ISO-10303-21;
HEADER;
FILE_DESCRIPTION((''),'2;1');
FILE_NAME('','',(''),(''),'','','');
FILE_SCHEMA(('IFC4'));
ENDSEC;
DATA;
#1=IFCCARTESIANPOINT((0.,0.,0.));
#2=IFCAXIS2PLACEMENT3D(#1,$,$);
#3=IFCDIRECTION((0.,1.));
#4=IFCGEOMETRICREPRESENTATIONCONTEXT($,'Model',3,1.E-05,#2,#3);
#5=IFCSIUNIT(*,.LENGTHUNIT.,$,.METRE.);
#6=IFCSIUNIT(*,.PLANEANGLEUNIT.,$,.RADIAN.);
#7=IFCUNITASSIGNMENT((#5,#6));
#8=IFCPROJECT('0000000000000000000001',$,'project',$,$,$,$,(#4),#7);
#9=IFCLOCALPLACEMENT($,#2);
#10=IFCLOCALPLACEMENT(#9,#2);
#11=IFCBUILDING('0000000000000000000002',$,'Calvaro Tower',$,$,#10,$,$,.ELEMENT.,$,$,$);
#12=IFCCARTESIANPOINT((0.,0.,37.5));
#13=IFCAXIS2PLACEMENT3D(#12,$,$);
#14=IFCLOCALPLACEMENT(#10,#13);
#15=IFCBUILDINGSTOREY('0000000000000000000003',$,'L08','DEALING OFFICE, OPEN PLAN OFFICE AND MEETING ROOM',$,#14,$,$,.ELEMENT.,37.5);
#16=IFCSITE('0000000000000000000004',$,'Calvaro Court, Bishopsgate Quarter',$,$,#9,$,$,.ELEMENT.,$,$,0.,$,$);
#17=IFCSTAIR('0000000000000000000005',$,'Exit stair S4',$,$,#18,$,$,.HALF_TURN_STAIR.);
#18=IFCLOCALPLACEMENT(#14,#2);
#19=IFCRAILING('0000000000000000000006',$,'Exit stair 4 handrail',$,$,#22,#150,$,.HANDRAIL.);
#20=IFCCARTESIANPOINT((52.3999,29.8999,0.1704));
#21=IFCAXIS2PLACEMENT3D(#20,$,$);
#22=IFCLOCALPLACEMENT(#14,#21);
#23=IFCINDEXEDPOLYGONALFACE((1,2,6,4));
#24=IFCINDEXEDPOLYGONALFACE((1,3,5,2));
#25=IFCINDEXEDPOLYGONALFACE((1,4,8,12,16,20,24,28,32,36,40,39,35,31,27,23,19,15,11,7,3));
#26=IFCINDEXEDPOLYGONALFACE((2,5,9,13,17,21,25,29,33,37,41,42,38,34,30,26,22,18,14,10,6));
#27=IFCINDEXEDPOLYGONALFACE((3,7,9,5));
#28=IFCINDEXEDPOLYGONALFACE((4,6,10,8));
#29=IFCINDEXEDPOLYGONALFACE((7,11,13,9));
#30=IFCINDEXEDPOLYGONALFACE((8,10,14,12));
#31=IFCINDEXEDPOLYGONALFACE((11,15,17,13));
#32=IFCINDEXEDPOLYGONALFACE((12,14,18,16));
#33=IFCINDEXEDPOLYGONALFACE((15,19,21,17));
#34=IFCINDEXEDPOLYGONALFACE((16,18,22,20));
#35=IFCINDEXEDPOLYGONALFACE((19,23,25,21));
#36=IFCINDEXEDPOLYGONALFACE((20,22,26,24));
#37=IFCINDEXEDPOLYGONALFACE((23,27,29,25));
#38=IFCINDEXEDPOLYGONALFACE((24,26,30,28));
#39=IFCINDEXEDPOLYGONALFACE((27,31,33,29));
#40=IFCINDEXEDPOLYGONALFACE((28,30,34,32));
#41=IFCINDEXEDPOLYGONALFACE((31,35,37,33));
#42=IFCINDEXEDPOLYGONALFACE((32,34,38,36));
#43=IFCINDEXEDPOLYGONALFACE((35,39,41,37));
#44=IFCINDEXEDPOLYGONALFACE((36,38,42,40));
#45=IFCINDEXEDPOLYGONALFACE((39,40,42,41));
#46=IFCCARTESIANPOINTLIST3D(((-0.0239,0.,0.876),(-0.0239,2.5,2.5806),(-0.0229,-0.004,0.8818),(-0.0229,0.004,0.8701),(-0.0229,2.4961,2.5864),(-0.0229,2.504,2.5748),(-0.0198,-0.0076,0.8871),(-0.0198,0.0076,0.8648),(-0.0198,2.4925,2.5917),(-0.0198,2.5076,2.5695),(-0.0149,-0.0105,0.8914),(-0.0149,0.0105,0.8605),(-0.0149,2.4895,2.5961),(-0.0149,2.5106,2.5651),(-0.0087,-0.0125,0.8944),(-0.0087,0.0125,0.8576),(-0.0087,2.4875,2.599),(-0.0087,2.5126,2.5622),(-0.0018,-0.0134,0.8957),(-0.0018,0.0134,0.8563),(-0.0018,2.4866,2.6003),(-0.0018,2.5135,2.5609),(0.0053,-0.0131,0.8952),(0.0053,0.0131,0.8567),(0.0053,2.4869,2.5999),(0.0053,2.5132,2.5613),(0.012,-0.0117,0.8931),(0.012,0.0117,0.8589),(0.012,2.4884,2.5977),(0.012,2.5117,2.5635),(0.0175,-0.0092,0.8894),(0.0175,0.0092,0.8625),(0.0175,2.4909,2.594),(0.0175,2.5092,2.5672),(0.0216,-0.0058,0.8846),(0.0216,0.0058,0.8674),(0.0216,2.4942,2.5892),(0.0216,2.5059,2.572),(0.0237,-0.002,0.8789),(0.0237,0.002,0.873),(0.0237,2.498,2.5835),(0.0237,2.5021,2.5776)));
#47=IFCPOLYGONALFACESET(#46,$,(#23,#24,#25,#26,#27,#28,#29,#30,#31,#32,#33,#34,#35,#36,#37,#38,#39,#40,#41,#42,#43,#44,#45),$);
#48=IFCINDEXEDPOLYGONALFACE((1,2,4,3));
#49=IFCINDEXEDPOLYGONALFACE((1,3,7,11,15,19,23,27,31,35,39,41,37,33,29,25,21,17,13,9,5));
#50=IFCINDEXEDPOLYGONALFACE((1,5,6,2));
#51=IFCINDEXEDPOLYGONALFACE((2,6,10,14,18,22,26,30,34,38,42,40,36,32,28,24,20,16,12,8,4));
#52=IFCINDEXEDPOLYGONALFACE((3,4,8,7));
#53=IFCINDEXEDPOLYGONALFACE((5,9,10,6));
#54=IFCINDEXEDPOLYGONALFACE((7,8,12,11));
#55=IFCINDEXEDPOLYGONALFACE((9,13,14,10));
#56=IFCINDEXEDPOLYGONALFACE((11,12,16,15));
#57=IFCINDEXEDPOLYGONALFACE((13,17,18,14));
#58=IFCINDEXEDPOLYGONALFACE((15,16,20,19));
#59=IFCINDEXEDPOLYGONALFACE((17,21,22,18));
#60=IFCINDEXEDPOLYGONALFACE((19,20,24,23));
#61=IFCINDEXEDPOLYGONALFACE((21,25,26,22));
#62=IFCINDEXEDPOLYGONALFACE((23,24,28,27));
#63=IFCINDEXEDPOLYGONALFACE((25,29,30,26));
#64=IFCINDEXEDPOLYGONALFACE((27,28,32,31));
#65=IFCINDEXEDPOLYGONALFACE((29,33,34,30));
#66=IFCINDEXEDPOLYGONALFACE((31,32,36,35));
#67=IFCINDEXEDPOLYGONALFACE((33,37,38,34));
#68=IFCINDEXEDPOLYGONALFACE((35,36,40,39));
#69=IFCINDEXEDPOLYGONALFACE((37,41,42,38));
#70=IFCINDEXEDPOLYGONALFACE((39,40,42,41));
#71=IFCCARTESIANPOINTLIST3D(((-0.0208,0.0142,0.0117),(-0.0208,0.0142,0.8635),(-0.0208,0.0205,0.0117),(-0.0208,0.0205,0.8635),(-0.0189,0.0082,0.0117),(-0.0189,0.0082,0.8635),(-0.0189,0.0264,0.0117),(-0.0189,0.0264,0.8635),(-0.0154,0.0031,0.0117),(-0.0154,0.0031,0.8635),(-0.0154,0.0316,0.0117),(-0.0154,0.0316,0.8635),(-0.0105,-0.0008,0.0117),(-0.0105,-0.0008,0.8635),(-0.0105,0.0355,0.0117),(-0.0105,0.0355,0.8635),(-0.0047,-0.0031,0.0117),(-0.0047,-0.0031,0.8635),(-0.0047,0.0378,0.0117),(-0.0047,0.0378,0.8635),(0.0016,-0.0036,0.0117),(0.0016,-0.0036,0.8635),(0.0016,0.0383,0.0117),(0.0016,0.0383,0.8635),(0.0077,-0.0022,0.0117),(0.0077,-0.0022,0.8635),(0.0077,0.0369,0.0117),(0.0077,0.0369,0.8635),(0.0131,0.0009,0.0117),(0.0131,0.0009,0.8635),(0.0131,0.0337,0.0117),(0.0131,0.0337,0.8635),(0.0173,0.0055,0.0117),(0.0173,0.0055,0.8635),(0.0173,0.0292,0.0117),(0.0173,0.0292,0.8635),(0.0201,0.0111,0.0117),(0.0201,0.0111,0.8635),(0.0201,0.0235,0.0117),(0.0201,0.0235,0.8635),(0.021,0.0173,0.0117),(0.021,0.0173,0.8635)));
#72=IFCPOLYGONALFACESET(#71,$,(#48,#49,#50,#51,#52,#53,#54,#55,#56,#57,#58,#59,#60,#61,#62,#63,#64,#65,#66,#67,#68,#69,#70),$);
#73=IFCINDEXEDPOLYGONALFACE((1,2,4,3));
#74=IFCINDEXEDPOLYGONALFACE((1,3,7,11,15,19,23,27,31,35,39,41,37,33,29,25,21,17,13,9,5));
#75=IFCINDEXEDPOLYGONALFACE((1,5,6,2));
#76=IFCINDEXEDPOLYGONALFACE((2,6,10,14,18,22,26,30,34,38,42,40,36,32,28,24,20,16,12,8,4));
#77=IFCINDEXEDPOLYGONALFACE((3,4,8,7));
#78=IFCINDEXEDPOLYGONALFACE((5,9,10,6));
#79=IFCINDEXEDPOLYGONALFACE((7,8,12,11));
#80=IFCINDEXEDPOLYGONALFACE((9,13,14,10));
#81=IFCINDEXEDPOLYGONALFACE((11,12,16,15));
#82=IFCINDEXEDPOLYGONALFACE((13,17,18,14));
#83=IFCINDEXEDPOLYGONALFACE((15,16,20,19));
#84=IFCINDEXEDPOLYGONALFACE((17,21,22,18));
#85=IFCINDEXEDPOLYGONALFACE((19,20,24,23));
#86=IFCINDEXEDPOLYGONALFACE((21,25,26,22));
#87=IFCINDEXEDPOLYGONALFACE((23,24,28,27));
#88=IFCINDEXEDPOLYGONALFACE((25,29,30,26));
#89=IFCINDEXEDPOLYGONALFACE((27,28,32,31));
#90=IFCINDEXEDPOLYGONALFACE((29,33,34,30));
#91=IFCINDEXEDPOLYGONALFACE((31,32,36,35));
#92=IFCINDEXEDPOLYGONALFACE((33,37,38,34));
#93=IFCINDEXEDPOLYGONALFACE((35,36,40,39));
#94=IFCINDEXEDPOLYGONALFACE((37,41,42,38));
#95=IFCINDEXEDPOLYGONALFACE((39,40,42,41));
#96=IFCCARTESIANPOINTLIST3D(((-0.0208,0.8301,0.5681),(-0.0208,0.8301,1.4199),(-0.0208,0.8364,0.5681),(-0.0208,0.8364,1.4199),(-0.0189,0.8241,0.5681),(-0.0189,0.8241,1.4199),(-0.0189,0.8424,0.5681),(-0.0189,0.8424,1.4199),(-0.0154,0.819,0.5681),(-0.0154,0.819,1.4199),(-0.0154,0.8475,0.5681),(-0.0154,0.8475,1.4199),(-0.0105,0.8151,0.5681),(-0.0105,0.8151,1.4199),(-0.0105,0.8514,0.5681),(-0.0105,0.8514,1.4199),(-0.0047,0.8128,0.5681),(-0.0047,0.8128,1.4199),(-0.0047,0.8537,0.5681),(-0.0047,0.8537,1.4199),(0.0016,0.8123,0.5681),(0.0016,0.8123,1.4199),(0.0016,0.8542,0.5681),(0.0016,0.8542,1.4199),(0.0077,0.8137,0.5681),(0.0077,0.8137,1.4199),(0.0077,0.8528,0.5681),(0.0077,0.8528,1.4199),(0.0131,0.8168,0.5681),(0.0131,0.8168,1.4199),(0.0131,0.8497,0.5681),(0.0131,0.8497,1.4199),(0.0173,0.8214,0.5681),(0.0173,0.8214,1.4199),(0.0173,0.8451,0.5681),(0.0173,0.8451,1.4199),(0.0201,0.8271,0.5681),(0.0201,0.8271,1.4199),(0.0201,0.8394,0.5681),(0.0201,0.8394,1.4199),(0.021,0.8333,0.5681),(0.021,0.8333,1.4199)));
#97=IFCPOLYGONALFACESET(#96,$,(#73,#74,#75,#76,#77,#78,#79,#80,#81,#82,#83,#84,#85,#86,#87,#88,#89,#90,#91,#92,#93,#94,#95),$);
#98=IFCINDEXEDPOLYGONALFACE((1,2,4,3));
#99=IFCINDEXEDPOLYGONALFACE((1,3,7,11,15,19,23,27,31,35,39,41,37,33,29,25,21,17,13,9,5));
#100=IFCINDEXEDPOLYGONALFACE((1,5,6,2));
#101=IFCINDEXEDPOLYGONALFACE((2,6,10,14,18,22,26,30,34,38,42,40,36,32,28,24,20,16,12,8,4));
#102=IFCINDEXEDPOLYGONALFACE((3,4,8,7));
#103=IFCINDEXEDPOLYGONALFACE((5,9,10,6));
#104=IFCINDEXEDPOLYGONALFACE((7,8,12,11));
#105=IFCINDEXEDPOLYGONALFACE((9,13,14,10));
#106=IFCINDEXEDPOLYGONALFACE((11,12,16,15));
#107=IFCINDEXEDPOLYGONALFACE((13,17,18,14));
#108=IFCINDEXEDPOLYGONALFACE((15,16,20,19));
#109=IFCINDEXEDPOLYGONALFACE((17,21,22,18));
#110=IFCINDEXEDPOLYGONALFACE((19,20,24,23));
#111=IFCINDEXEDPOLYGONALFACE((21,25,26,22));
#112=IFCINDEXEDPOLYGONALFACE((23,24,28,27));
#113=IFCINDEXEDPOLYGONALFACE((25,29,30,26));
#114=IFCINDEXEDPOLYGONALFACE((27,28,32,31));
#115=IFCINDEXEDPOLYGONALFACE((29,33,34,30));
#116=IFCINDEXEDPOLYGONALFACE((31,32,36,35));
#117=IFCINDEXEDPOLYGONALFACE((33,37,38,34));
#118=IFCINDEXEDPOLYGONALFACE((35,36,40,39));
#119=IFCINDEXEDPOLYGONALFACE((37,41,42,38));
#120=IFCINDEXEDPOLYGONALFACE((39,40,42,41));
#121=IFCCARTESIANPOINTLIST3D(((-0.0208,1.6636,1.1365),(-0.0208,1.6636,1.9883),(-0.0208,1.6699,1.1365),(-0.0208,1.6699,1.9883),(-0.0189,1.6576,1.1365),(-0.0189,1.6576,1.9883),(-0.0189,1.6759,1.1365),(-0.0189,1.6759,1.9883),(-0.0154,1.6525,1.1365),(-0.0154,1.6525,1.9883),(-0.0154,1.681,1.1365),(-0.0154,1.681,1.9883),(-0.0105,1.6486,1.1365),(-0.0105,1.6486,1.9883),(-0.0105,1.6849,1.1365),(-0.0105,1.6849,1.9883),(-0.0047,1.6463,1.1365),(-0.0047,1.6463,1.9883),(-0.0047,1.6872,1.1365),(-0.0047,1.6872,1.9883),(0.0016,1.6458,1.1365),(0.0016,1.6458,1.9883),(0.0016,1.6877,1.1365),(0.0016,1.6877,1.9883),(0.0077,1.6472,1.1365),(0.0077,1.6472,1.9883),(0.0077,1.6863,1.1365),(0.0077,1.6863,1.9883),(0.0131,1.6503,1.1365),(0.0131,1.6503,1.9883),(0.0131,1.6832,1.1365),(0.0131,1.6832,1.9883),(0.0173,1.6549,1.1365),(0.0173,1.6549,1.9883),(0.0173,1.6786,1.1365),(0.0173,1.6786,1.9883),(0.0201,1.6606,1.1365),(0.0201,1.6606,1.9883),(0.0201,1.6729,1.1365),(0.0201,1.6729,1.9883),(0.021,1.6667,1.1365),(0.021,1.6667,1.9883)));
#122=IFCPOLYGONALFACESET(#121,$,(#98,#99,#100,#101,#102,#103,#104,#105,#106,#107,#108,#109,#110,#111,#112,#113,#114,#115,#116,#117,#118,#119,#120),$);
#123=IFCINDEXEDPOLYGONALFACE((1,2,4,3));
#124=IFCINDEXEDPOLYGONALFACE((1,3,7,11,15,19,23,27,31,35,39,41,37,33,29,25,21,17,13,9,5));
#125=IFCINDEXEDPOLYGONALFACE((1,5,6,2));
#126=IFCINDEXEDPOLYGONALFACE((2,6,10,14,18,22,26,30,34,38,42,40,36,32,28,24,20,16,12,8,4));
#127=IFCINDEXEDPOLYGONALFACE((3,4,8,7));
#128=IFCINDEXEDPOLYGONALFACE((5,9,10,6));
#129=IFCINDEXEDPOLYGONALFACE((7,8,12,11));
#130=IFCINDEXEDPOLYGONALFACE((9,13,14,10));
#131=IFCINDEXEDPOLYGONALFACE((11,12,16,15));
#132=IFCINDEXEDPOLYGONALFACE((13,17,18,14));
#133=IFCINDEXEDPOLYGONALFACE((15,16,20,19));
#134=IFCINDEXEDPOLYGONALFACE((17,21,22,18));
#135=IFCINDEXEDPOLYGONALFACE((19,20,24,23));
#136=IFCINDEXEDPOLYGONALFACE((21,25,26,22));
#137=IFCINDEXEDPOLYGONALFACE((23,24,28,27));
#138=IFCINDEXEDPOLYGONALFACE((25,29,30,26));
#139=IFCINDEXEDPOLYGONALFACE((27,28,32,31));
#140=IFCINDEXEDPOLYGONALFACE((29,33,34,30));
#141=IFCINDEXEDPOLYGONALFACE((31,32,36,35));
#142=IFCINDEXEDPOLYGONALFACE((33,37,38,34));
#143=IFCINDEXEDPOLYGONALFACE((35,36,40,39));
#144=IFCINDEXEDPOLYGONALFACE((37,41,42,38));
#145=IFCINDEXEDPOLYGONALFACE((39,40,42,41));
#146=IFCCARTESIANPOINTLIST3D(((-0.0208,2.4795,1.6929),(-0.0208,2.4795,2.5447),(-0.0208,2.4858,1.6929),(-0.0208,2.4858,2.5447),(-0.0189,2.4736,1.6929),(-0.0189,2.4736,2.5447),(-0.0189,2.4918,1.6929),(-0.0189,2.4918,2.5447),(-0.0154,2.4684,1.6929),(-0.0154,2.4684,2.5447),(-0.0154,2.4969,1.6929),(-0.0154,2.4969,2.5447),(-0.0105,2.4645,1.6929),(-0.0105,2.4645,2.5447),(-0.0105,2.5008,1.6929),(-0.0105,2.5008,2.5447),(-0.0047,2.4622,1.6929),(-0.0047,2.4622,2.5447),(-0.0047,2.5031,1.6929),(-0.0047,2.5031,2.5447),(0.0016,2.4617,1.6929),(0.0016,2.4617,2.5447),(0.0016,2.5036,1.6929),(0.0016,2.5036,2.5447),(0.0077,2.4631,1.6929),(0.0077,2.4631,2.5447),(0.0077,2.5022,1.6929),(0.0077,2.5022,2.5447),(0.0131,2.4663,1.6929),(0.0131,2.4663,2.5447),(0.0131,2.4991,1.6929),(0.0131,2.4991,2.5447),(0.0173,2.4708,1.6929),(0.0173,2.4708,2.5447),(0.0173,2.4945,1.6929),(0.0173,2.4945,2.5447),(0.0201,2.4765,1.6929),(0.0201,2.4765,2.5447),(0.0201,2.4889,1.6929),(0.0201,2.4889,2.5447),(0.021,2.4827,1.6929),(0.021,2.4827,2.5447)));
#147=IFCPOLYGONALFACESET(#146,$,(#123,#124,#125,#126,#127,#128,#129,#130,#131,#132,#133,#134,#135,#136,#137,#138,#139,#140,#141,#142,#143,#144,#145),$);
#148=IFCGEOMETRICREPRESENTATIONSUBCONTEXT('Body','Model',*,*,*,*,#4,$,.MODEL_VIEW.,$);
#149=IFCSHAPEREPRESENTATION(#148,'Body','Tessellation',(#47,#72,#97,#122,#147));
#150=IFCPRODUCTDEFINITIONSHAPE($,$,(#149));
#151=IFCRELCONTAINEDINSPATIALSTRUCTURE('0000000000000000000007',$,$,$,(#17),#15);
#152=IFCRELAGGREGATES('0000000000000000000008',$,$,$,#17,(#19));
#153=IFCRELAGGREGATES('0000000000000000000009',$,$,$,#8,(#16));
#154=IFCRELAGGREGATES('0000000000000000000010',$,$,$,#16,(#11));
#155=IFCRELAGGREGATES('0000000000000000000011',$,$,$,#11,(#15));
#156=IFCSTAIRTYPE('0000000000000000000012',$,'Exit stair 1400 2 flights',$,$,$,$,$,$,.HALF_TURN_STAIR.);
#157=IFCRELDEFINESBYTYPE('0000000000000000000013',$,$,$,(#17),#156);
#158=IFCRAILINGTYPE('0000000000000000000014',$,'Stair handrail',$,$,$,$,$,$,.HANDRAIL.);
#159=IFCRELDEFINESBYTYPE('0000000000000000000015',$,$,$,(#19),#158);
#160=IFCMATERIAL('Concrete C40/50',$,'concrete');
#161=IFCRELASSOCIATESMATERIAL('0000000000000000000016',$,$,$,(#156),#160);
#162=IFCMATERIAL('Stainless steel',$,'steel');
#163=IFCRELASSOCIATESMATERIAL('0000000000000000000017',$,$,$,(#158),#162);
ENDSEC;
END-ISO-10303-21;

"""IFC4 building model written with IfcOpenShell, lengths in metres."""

from ifc_helpers import new_model, si_unit, direction, frame, origin, origin_2d, place, context, subcontext, project, spatial, circle, extrude, material, type_object, element, aggregate, save


model = new_model("IFC4")

# Units and contexts
model_context = context("Model", 3, precision=1e-05, world=origin(), true_north=direction((0.0, 1.0)))
body_context = subcontext(model_context, "Body", "Model", "MODEL_VIEW")
ifc_project = project(units=[si_unit("LENGTHUNIT", "METRE"), si_unit("PLANEANGLEUNIT", "RADIAN")], contexts=[model_context])

# Site, building, storey
site_placement = place(None, origin())
site = spatial("IfcSite", under=ifc_project, at=site_placement, Name="Calvaro Court, Bishopsgate Quarter", CompositionType="ELEMENT", RefElevation=0.0)
building_placement = place(site_placement, origin())
building = spatial("IfcBuilding", under=site, at=building_placement, Name="Calvaro Tower", CompositionType="ELEMENT")
storey_placement = place(building_placement, frame((0.0, 0.0, 37.5)))
storey = spatial("IfcBuildingStorey", under=building, at=storey_placement, Name="L08", Description="DEALING OFFICE, OPEN PLAN OFFICE AND MEETING ROOM", CompositionType="ELEMENT", Elevation=37.5)

# Shared definitions
ifc_material_1 = material(Name="Concrete C40/50", Category="concrete")
stair_type = type_object("IfcStairType", Name="Exit stair 1400 2 flights", PredefinedType="HALF_TURN_STAIR", material=ifc_material_1)

# Stair
stair_1_placement = place(storey_placement, origin())
stair_1 = element("IfcStair", 1, at=stair_1_placement, inside=storey, type_object=stair_type, Name="Exit stair S4", PredefinedType="HALF_TURN_STAIR")

# Railing
ifc_material_2 = material(Name="Stainless steel", Category="steel")
railing_type = type_object("IfcRailingType", Name="Stair handrail", PredefinedType="HANDRAIL", material=ifc_material_2)
railing_1_placement = place(storey_placement, frame((52.3999, 29.8999, 0.1704)))
railing_1 = element("IfcRailing", 2, at=railing_1_placement, type_object=railing_type, Name="Exit stair 4 handrail", PredefinedType="HANDRAIL", context=body_context, shape_type="SweptSolid", body=[
    extrude(circle(Radius=0.0239, at=origin_2d()), frame((0.0, 0.0, 0.876), z_axis=(0.0, 0.826221, 0.563347), x_axis=(-1.0, 0.0, 0.0)), (0.0, 0.0, 1.0), 3.0259),
    extrude(circle(Radius=0.021, at=origin_2d()), frame((0.0, 0.0173, 0.0117)), (0.0, 0.0, 1.0), 0.8518),
    extrude(circle(Radius=0.021, at=origin_2d()), frame((0.0, 0.8333, 0.5681)), (0.0, 0.0, 1.0), 0.8518),
    extrude(circle(Radius=0.021, at=origin_2d()), frame((0.0, 1.6667, 1.1365)), (0.0, 0.0, 1.0), 0.8518),
    extrude(circle(Radius=0.021, at=origin_2d()), frame((0.0, 2.4827, 1.6929)), (0.0, 0.0, 1.0), 0.8518),
])
aggregate(stair_1, [railing_1])

save(model, "model.ifc")
